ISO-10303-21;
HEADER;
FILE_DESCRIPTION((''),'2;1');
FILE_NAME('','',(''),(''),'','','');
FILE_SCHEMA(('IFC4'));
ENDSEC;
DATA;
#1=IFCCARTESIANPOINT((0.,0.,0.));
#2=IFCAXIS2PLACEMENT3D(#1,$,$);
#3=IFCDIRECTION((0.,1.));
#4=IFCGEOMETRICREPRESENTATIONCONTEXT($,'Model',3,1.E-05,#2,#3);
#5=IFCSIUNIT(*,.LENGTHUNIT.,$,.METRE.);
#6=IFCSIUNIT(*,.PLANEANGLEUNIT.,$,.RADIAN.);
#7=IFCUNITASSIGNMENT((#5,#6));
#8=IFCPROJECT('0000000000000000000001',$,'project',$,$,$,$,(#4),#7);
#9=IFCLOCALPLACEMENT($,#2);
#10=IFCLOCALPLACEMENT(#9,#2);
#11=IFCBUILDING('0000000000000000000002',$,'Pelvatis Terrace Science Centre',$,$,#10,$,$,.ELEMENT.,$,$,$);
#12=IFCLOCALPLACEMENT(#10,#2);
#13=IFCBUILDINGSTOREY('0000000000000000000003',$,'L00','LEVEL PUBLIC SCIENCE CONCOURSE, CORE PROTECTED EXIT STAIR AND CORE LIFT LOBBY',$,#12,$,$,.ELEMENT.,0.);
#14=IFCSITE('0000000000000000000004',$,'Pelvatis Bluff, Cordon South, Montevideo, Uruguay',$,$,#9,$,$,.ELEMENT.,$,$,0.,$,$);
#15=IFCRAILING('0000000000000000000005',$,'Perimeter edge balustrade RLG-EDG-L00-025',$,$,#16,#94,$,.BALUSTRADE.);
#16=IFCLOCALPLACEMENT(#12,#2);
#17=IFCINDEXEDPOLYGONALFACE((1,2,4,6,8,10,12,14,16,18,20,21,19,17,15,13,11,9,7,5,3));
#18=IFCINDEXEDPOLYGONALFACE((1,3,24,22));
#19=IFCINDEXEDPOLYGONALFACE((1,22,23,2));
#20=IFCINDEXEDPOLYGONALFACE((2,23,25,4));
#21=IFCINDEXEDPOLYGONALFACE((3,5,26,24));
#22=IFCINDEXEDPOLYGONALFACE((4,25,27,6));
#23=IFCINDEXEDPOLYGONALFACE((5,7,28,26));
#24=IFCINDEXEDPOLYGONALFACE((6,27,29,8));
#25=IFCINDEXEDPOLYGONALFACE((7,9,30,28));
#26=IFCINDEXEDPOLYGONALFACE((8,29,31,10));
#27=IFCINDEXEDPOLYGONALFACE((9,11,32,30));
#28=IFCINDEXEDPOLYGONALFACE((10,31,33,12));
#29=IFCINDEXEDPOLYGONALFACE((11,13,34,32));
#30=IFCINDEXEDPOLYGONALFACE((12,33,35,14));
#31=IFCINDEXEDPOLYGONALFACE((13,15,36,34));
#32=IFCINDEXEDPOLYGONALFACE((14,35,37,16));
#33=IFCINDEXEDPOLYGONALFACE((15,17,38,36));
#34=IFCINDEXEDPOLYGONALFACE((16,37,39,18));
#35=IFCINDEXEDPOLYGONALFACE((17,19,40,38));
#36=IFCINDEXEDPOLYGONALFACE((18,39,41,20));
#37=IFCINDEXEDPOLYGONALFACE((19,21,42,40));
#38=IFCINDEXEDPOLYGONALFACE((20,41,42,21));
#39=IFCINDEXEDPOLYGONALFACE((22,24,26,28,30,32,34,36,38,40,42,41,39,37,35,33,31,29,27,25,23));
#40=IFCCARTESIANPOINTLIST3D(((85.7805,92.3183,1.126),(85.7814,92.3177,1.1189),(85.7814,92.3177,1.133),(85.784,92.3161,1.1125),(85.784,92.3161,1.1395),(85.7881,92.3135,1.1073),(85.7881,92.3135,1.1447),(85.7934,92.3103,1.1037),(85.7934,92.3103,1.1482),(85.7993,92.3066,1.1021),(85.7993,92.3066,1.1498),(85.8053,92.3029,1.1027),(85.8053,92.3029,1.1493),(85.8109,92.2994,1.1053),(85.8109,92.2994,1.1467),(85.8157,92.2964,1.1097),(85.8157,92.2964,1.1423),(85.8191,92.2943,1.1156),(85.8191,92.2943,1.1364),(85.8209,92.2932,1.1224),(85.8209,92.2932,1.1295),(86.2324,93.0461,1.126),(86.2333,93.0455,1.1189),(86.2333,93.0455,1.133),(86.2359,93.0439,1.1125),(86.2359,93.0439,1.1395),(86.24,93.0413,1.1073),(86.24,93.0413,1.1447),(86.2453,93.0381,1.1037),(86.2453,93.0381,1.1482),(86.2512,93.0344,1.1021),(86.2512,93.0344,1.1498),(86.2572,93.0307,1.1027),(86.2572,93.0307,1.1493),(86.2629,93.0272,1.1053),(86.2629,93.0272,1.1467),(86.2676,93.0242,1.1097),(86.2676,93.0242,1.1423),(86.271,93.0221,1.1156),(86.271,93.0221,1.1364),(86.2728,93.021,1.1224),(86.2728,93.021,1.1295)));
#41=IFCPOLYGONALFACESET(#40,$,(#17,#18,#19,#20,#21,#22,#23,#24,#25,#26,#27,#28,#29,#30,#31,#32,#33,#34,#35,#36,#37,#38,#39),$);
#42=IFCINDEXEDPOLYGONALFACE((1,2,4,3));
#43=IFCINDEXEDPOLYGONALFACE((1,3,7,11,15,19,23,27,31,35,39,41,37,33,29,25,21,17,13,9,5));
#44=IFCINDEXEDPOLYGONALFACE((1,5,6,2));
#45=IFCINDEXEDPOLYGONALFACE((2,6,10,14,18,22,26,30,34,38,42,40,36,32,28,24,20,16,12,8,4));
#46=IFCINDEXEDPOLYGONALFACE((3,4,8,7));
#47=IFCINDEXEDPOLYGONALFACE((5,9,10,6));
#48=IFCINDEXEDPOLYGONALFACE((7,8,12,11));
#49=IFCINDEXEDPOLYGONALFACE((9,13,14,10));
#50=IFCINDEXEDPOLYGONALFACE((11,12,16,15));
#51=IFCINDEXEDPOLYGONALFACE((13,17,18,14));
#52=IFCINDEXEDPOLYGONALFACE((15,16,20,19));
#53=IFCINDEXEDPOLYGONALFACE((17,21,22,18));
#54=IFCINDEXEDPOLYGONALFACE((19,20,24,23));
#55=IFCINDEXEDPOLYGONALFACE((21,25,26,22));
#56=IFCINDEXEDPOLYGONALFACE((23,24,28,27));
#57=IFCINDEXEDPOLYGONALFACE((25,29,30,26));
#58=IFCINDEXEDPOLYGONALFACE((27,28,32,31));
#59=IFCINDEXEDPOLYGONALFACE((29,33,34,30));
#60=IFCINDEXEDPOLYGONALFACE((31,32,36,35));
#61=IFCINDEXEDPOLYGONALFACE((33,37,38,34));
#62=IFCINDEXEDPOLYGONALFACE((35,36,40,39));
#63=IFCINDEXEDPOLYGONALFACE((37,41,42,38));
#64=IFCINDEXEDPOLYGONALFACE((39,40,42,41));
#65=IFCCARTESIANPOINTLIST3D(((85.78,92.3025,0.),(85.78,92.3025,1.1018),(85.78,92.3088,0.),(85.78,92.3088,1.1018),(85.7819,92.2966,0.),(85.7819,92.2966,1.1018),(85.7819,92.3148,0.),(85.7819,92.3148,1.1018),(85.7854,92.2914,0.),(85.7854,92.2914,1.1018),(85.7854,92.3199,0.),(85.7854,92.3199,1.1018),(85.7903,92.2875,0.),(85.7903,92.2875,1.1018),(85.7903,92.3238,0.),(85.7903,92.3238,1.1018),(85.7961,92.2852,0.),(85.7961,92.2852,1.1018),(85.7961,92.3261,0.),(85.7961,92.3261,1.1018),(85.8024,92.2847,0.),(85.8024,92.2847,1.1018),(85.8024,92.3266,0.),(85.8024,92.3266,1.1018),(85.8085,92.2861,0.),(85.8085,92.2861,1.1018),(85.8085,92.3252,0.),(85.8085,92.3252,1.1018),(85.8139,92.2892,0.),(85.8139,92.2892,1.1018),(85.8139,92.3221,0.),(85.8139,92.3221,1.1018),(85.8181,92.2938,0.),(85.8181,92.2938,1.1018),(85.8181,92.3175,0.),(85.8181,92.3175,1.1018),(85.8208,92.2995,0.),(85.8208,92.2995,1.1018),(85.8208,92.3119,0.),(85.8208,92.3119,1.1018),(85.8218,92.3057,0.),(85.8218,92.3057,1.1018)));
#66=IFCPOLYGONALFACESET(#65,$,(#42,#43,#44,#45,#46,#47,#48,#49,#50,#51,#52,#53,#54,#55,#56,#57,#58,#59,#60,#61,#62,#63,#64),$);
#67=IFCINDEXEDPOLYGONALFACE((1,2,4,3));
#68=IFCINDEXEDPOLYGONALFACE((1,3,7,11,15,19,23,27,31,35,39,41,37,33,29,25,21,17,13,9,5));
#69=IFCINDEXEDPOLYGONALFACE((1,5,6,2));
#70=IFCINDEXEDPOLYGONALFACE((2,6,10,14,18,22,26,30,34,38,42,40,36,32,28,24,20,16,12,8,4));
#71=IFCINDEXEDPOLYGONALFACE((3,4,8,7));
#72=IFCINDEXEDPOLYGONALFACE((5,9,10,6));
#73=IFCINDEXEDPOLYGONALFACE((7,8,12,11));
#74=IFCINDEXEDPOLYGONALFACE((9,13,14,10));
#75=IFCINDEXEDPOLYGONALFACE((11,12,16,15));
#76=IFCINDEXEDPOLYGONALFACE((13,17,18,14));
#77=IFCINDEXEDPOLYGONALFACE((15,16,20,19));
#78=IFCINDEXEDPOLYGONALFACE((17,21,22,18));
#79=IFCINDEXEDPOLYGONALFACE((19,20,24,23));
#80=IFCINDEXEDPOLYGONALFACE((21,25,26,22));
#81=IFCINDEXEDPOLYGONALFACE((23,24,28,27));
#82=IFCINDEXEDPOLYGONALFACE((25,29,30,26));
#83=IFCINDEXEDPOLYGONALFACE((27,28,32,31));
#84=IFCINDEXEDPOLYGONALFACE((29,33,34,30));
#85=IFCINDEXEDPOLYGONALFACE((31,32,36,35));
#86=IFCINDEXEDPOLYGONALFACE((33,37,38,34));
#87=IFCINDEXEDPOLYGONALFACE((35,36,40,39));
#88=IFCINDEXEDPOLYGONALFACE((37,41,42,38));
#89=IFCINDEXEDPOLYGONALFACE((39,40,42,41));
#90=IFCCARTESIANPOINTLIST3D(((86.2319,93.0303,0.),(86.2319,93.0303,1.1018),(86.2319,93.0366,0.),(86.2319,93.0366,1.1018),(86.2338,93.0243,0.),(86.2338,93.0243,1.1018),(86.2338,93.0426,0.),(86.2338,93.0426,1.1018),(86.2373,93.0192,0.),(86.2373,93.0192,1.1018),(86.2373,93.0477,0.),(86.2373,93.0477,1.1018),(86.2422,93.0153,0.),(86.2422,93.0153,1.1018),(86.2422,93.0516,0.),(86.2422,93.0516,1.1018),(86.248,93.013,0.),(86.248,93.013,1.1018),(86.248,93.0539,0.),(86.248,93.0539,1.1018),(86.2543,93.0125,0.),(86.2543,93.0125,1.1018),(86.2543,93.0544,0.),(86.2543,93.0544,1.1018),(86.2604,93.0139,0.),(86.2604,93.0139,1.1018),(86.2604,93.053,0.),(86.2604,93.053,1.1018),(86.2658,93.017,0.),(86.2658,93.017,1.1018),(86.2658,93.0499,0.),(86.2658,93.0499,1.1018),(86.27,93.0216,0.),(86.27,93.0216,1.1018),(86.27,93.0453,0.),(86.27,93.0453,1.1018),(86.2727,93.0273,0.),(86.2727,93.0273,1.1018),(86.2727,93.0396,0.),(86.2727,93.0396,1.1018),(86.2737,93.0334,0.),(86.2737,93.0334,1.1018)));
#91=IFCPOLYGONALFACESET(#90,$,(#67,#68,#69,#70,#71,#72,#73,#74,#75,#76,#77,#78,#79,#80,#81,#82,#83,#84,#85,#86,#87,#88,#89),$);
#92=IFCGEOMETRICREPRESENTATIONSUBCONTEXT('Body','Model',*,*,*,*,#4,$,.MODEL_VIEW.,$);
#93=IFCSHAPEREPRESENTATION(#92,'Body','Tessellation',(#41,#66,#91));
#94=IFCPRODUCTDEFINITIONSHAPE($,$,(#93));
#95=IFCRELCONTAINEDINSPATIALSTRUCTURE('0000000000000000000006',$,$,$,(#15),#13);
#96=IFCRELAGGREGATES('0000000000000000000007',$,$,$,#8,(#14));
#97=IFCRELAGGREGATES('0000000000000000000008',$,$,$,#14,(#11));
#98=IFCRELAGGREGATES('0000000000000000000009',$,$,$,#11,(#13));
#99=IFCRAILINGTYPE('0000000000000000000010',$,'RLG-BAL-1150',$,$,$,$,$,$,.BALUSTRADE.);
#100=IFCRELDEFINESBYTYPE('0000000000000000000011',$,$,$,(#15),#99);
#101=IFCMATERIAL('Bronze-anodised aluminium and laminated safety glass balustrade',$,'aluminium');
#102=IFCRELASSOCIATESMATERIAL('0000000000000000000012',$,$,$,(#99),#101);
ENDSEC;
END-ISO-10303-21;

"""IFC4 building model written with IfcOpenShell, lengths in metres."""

from ifc_helpers import new_model, si_unit, direction, frame, origin, origin_2d, place, context, subcontext, project, spatial, circle, extrude, material, type_object, element, save


model = new_model("IFC4")

# Units and contexts
model_context = context("Model", 3, precision=1e-05, world=origin(), true_north=direction((0.0, 1.0)))
body_context = subcontext(model_context, "Body", "Model", "MODEL_VIEW")
ifc_project = project(units=[si_unit("LENGTHUNIT", "METRE"), si_unit("PLANEANGLEUNIT", "RADIAN")], contexts=[model_context])

# Site, building, storey
site_placement = place(None, origin())
site = spatial("IfcSite", under=ifc_project, at=site_placement, Name="Pelvatis Bluff, Cordon South, Montevideo, Uruguay", CompositionType="ELEMENT", RefElevation=0.0)
building_placement = place(site_placement, origin())
building = spatial("IfcBuilding", under=site, at=building_placement, Name="Pelvatis Terrace Science Centre", CompositionType="ELEMENT")
storey_placement = place(building_placement, origin())
storey = spatial("IfcBuildingStorey", under=building, at=storey_placement, Name="L00", Description="LEVEL PUBLIC SCIENCE CONCOURSE, CORE PROTECTED EXIT STAIR AND CORE LIFT LOBBY", CompositionType="ELEMENT", Elevation=0.0)

# Railing
ifc_material_1 = material(Name="Bronze-anodised aluminium and laminated safety glass balustrade", Category="aluminium")
railing_type = type_object("IfcRailingType", Name="RLG-BAL-1150", PredefinedType="BALUSTRADE", material=ifc_material_1)
railing_placement = place(storey_placement, frame((85.8008, 92.3057, 0.0)))
element("IfcRailing", 1, at=railing_placement, inside=storey, type_object=railing_type, Name="Perimeter edge balustrade RLG-EDG-L00-025", PredefinedType="BALUSTRADE", context=body_context, shape_type="SweptSolid", body=[
    extrude(circle(Radius=0.0239, at=origin_2d()), frame((0.0, 0.0, 1.126), z_axis=(0.527512, 0.849548, 0.0), x_axis=(-0.849548, 0.527512, 0.0)), (0.0, 0.0, 1.0), 0.8567),
    extrude(circle(Radius=0.021, at=origin_2d()), origin(), (0.0, 0.0, 1.0), 1.1018),
    extrude(circle(Radius=0.021, at=origin_2d()), frame((0.4519, 0.7278, 0.0)), (0.0, 0.0, 1.0), 1.1018),
])

save(model, "model.ifc")
